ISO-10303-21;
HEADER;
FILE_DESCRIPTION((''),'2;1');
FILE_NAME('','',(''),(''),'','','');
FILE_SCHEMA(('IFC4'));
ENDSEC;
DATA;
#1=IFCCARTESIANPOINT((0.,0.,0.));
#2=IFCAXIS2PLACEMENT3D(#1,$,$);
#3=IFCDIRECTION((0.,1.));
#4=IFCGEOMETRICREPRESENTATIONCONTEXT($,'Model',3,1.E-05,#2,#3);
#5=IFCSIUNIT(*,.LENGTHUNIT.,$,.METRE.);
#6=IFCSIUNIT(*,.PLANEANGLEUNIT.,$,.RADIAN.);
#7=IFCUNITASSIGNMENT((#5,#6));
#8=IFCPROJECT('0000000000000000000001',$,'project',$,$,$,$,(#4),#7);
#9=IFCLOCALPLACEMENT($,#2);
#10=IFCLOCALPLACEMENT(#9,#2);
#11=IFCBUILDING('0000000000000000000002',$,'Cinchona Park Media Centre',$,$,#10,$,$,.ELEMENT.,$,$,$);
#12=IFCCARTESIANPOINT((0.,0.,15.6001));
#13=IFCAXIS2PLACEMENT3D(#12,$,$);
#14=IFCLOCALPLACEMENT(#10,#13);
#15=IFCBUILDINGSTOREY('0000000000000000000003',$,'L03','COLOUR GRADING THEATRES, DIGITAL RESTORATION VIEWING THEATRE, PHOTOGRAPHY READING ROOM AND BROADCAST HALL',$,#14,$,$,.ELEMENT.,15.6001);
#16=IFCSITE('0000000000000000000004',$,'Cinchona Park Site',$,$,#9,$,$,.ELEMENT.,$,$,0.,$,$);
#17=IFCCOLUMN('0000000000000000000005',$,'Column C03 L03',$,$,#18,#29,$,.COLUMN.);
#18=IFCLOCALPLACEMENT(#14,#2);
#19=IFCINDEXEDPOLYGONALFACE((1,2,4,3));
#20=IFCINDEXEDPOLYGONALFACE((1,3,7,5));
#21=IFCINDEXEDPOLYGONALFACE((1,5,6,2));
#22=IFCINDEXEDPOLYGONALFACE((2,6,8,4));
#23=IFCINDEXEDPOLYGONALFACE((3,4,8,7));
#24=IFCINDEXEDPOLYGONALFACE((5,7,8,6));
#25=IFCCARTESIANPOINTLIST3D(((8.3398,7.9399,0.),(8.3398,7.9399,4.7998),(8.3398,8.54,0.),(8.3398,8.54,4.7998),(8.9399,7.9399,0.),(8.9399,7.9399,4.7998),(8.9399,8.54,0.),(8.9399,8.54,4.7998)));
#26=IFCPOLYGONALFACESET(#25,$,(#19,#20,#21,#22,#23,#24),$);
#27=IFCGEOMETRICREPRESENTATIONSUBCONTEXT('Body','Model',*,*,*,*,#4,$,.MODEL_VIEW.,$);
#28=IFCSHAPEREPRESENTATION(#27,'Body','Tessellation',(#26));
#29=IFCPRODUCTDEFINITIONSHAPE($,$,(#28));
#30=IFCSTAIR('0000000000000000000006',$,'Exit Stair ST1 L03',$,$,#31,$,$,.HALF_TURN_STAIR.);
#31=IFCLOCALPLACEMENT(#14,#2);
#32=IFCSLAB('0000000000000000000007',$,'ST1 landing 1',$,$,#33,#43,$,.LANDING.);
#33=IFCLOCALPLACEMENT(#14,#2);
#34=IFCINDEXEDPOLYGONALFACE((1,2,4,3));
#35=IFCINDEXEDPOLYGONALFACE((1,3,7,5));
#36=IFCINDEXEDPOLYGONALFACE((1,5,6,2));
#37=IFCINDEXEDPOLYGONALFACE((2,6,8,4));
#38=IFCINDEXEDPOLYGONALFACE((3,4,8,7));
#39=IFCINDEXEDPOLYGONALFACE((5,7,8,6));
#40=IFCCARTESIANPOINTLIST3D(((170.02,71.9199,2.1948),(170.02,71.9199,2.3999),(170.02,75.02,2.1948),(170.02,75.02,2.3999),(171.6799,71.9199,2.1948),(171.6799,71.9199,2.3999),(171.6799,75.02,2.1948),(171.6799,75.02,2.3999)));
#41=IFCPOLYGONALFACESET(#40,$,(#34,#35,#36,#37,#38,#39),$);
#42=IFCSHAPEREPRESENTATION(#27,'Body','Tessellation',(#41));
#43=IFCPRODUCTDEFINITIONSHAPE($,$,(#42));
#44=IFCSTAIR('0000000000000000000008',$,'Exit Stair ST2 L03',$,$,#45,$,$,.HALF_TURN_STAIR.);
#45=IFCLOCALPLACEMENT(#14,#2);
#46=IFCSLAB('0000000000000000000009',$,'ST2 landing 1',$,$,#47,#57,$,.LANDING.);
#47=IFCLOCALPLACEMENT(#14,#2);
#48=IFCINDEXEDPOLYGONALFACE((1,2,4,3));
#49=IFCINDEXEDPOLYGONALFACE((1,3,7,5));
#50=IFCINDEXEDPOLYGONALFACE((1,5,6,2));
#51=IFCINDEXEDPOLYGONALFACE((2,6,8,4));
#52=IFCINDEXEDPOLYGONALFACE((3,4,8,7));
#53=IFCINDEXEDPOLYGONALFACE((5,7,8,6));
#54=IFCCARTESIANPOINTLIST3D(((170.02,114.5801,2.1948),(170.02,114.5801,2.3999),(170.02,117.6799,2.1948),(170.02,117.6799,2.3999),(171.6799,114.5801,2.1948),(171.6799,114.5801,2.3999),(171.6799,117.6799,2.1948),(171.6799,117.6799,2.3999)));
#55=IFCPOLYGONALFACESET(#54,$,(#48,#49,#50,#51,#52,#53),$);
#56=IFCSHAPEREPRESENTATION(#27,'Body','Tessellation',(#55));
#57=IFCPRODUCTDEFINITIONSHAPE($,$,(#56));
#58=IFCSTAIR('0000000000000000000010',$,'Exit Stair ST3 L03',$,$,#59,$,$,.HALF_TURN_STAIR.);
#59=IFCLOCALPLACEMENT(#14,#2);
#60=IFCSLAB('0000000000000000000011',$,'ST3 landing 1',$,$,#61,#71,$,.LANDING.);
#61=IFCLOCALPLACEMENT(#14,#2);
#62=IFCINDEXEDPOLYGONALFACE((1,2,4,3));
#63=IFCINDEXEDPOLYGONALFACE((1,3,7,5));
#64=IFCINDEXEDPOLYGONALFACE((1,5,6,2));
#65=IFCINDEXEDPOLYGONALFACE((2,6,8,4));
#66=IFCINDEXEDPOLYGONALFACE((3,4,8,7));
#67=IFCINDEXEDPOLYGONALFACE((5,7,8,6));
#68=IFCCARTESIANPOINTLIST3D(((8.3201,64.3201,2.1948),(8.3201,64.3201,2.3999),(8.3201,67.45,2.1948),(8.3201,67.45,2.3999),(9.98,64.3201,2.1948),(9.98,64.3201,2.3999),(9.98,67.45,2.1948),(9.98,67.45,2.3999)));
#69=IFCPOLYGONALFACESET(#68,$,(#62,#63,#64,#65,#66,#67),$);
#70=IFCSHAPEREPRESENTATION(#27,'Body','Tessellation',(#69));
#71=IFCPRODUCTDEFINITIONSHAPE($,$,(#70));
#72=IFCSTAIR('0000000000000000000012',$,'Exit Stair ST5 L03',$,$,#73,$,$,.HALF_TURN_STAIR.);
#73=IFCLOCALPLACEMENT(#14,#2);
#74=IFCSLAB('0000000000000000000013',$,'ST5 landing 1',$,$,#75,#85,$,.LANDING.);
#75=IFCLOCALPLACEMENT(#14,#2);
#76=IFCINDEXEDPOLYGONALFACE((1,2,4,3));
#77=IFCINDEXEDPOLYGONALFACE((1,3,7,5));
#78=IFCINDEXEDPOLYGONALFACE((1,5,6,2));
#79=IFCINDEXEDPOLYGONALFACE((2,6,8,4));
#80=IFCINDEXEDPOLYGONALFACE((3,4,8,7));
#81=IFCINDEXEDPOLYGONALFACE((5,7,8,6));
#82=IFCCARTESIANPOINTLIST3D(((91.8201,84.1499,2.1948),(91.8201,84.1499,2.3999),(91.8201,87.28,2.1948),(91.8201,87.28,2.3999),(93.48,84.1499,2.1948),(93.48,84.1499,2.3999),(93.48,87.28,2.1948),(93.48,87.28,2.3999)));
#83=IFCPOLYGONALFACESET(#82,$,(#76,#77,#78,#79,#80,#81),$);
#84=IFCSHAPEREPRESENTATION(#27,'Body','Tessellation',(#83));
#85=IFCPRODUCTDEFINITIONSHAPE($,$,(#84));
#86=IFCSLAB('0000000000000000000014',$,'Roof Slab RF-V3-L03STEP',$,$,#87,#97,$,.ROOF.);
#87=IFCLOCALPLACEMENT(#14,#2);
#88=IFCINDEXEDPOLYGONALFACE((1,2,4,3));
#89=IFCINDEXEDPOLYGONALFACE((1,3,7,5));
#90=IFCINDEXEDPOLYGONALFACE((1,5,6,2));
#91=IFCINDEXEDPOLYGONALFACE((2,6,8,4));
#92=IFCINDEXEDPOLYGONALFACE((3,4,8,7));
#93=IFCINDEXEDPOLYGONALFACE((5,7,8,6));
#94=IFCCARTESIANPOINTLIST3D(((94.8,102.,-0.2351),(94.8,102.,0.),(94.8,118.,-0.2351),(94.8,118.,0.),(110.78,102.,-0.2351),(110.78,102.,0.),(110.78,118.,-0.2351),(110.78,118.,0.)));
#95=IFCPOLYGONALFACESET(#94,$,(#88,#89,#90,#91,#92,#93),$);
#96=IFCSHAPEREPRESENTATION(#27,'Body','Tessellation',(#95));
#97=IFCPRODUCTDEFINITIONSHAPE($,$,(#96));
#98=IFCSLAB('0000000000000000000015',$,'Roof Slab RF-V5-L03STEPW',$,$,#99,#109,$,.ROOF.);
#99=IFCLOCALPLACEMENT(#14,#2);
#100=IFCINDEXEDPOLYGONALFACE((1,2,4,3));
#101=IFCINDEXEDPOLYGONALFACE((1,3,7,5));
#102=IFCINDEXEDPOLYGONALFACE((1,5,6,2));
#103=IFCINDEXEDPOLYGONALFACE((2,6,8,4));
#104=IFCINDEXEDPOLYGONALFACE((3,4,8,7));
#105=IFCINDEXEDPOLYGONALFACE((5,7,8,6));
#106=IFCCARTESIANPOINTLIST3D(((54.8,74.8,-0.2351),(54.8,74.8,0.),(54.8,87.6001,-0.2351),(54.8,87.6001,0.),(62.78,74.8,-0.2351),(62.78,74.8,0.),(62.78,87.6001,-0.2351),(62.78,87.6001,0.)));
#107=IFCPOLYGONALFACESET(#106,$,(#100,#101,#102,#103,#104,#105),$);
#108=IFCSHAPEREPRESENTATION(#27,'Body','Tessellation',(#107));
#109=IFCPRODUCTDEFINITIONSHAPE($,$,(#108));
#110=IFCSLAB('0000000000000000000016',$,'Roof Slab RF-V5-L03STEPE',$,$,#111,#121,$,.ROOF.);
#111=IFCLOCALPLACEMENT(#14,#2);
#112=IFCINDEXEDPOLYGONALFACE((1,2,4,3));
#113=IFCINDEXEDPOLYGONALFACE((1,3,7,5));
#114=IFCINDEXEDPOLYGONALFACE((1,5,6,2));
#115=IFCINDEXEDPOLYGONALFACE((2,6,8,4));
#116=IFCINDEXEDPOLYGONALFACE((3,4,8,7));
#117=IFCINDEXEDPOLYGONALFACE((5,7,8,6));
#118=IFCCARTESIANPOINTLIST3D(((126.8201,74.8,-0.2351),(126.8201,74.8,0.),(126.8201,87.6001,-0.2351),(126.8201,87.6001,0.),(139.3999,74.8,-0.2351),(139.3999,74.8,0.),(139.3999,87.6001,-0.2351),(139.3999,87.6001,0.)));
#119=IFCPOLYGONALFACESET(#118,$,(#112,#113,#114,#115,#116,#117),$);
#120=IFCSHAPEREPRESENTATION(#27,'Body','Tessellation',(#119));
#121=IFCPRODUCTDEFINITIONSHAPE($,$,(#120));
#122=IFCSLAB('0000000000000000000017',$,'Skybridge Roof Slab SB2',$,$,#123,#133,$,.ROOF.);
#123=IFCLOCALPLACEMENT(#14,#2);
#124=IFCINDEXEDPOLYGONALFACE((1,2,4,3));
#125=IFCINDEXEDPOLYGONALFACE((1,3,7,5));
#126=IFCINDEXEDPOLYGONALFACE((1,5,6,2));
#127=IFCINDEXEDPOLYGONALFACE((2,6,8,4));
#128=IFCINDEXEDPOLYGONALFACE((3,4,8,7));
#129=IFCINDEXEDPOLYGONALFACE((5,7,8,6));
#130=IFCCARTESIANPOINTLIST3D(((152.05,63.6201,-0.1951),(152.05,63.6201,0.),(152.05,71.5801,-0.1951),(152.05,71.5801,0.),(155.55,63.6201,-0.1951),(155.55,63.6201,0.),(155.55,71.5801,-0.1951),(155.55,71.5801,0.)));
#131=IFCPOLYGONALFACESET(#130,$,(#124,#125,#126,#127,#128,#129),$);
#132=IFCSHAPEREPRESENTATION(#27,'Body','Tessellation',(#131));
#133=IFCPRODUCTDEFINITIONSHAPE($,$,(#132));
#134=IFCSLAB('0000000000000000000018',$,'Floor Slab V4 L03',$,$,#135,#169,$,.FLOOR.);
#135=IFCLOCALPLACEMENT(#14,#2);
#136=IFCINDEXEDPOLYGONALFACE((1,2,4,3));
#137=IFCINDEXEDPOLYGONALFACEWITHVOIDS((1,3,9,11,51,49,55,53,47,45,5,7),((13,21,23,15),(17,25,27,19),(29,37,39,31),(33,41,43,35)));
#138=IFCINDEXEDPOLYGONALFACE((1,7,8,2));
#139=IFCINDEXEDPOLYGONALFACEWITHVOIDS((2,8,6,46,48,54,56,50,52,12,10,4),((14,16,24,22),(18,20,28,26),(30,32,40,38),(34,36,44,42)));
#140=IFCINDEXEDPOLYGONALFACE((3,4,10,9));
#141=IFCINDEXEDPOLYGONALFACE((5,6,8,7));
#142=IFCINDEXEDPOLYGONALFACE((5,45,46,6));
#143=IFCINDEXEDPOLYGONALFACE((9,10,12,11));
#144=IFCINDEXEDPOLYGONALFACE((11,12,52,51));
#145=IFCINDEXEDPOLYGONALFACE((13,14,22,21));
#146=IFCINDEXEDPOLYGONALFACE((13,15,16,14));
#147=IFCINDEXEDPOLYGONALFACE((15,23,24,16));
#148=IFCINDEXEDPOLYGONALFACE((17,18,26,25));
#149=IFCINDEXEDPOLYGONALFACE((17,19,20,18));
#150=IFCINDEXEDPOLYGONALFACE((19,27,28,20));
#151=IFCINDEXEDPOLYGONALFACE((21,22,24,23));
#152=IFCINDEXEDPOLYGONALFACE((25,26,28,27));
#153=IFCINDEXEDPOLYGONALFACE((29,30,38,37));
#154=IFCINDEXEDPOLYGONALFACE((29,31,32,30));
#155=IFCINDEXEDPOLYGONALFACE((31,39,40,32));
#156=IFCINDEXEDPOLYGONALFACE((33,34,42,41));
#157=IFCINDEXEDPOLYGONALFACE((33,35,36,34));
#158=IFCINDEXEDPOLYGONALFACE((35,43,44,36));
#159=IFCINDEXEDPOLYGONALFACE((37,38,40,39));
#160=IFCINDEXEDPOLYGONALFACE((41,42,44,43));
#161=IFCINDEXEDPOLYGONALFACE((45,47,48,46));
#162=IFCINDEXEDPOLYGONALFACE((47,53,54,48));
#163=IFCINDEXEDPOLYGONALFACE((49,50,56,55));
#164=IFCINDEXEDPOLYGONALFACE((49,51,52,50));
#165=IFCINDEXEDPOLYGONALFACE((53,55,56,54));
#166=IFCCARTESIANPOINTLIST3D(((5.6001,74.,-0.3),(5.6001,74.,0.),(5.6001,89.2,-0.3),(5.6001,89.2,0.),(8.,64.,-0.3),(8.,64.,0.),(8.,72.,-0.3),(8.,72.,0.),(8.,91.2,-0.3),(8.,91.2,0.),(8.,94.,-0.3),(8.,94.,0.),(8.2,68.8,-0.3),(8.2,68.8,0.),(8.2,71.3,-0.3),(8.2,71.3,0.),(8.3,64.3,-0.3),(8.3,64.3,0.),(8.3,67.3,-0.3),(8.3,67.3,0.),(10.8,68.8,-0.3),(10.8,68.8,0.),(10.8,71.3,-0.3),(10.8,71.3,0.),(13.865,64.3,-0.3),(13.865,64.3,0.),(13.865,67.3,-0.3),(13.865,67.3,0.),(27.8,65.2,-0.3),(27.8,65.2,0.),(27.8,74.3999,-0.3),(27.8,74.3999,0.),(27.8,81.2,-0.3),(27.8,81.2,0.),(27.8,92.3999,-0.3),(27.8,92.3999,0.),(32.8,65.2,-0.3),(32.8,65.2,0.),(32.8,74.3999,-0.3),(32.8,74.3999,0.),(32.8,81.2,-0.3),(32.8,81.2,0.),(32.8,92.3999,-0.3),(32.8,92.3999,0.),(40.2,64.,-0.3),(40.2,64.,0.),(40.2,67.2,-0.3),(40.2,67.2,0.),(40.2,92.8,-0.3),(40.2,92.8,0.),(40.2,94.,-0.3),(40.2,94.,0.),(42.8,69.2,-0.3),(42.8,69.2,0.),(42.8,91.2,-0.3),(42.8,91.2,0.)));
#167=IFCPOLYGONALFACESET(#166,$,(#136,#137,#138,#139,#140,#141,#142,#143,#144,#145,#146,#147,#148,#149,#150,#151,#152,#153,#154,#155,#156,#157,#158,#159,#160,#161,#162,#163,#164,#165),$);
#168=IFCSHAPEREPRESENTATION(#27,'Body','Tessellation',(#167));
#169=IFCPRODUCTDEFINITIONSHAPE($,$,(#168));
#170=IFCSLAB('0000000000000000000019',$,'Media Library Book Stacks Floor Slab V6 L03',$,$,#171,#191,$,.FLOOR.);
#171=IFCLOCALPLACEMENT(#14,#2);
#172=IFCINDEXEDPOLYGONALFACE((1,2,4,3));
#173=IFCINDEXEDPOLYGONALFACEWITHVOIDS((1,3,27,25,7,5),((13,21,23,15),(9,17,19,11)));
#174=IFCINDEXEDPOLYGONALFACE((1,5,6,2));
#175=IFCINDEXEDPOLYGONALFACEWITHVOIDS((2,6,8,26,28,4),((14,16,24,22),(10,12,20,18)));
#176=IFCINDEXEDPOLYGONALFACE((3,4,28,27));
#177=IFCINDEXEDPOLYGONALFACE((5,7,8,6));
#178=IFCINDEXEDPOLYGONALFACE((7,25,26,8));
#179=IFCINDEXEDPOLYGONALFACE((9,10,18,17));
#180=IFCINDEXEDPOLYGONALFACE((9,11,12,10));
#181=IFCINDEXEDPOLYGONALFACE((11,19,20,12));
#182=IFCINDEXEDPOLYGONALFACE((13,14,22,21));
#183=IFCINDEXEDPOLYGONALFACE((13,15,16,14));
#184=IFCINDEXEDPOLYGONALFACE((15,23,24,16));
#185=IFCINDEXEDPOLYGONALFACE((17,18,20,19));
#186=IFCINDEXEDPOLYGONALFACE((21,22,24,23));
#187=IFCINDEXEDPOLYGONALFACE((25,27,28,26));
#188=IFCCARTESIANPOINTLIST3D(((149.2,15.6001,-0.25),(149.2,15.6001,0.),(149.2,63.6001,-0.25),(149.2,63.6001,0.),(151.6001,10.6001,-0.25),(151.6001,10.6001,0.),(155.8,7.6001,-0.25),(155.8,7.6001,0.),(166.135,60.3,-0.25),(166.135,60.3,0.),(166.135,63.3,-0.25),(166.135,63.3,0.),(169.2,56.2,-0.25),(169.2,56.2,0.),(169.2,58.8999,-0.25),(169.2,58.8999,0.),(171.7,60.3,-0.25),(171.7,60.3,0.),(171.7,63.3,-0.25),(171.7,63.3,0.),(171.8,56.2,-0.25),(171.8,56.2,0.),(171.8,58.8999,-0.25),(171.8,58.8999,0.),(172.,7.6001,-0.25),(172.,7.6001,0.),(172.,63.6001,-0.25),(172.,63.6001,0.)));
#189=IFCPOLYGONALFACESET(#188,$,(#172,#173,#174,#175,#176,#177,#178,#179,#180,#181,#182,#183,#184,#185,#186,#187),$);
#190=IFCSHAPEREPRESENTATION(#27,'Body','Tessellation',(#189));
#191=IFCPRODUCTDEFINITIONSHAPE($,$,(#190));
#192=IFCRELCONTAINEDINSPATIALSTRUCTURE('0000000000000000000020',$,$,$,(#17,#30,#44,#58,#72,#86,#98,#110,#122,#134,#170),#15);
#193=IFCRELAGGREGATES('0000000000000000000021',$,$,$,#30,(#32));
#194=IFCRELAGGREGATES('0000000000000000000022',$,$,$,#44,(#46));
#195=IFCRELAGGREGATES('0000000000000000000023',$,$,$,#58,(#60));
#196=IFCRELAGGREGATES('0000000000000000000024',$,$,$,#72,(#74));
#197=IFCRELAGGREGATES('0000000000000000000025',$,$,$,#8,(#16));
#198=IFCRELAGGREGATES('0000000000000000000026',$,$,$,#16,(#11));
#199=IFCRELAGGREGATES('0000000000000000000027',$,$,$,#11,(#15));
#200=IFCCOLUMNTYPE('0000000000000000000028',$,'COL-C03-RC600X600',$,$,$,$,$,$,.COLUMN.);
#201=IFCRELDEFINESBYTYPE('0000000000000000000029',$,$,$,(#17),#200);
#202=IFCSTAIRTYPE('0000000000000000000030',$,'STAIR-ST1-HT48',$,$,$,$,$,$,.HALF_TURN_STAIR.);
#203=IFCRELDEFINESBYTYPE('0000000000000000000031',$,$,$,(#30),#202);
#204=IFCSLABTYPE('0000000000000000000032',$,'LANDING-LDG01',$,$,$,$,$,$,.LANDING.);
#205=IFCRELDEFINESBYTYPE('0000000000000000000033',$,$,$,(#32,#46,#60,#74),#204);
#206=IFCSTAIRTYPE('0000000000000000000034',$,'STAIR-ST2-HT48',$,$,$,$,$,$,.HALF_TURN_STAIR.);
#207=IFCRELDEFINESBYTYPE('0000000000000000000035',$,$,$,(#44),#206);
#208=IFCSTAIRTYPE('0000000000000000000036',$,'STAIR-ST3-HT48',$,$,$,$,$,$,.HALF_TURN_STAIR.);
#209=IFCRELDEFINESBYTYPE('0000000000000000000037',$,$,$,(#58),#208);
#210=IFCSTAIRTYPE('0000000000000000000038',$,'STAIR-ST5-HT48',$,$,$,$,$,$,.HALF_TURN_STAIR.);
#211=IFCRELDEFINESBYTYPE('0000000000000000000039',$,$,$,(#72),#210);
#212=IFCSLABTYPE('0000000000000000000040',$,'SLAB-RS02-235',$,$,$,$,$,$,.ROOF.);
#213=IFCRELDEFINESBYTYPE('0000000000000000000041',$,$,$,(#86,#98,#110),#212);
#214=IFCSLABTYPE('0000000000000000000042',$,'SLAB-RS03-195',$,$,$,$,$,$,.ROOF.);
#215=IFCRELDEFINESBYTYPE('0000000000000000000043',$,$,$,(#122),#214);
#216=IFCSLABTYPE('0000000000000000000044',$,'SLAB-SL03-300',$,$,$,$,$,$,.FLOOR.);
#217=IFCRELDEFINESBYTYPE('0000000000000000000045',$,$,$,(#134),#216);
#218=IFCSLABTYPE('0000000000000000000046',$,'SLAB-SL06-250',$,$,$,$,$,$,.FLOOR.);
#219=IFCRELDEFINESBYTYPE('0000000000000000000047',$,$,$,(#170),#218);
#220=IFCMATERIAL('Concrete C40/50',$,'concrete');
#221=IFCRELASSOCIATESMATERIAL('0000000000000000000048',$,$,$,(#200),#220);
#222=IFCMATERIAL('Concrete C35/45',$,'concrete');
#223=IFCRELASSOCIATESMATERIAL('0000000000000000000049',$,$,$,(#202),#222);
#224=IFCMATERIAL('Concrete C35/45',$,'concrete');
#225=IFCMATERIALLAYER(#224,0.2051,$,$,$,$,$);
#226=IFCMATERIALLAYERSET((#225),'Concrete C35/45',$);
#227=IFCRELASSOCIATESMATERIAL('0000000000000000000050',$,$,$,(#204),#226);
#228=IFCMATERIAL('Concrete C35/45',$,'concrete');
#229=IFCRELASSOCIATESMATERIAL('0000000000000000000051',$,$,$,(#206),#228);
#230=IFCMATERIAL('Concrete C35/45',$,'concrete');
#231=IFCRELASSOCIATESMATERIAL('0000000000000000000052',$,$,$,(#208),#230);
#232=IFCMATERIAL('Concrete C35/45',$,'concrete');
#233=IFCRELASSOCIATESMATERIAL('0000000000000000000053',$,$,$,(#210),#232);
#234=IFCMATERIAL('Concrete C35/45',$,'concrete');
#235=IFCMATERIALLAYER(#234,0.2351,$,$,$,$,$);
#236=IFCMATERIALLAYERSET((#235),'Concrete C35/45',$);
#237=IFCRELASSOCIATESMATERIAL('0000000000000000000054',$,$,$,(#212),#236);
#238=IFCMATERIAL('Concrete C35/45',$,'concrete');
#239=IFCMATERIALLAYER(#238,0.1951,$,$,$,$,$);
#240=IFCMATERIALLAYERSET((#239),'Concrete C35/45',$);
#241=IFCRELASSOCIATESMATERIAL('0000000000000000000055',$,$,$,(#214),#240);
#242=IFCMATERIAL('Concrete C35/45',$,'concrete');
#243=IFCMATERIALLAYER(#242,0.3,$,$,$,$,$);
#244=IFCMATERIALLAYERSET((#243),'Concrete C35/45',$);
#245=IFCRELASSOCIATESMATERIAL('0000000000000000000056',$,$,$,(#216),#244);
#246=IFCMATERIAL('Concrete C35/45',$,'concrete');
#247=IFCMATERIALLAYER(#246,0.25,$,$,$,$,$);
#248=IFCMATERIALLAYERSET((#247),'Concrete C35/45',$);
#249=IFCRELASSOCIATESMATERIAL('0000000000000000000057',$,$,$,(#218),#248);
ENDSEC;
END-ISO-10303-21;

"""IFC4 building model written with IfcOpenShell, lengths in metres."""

from ifc_helpers import new_model, si_unit, direction, frame, origin, origin_2d, place, context, subcontext, project, spatial, polyline, rectangle, outline, extrude, material, layer, layer_set, material_profile, profile_set, type_object, element, aggregate, save


model = new_model("IFC4")

# Units and contexts
model_context = context("Model", 3, precision=1e-05, world=origin(), true_north=direction((0.0, 1.0)))
body_context = subcontext(model_context, "Body", "Model", "MODEL_VIEW")
ifc_project = project(units=[si_unit("LENGTHUNIT", "METRE"), si_unit("PLANEANGLEUNIT", "RADIAN")], contexts=[model_context])

# Site, building, storey
site_placement = place(None, origin())
site = spatial("IfcSite", under=ifc_project, at=site_placement, Name="Cinchona Park Site", CompositionType="ELEMENT", RefElevation=0.0)
building_placement = place(site_placement, origin())
building = spatial("IfcBuilding", under=site, at=building_placement, Name="Cinchona Park Media Centre", CompositionType="ELEMENT")
storey_placement = place(building_placement, frame((0.0, 0.0, 15.6001)))
storey = spatial("IfcBuildingStorey", under=building, at=storey_placement, Name="L03", Description="COLOUR GRADING THEATRES, DIGITAL RESTORATION VIEWING THEATRE, PHOTOGRAPHY READING ROOM AND BROADCAST HALL", CompositionType="ELEMENT", Elevation=15.6001)

# Column
ifc_material_1 = material(Name="Concrete C40/50", Category="concrete")
ifc_material_profile = material_profile(ifc_material_1, rectangle(XDim=0.6001, YDim=0.6001, at=origin_2d()), Name="RC 600X600")
ifc_profile_set = profile_set([ifc_material_profile], Name="Concrete C40/50")
column_type = type_object("IfcColumnType", Name="COL-C03-RC600X600", PredefinedType="COLUMN", material=ifc_profile_set)
column_placement = place(storey_placement, frame((8.6399, 8.24, 0.0), z_axis=(0.0, 0.0, 1.0), x_axis=(1.0, 0.0, 0.0)))
element("IfcColumn", 1, at=column_placement, inside=storey, type_object=column_type, Name="Column C03 L03", PredefinedType="COLUMN", context=body_context, shape_type="SweptSolid", body=[
    extrude(rectangle(XDim=0.6001, YDim=0.6001, at=origin_2d()), origin(), (0.0, 0.0, 1.0), 4.7998),
])

# Stairs, slabs
ifc_material_2 = material(Name="Concrete C35/45", Category="concrete")
stair_type_1 = type_object("IfcStairType", Name="STAIR-ST1-HT48", PredefinedType="HALF_TURN_STAIR", material=ifc_material_2)
stair_1_placement = place(storey_placement, origin())
stair_1 = element("IfcStair", 2, at=stair_1_placement, inside=storey, type_object=stair_type_1, Name="Exit Stair ST1 L03", PredefinedType="HALF_TURN_STAIR")
ifc_material_3 = material(Name="Concrete C35/45", Category="concrete")
ifc_layer_1 = layer(ifc_material_3, 0.2051)
ifc_layer_set_1 = layer_set([ifc_layer_1], Name="Concrete C35/45")
slab_type_1 = type_object("IfcSlabType", Name="LANDING-LDG01", PredefinedType="LANDING", material=ifc_layer_set_1)
slab_1_placement = place(storey_placement, frame((0.0, 0.0, 2.1948)))
slab_1 = element("IfcSlab", 3, at=slab_1_placement, type_object=slab_type_1, Name="ST1 landing 1", PredefinedType="LANDING", context=body_context, shape_type="SweptSolid", body=[
    extrude(outline(polyline([(170.02, 71.9199), (171.6799, 71.9199), (171.6799, 75.02), (170.02, 75.02), (170.02, 71.9199)])), origin(), (0.0, 0.0, 1.0), 0.2051),
])
aggregate(stair_1, [slab_1])
ifc_material_4 = material(Name="Concrete C35/45", Category="concrete")
stair_type_2 = type_object("IfcStairType", Name="STAIR-ST2-HT48", PredefinedType="HALF_TURN_STAIR", material=ifc_material_4)
stair_2_placement = place(storey_placement, origin())
stair_2 = element("IfcStair", 4, at=stair_2_placement, inside=storey, type_object=stair_type_2, Name="Exit Stair ST2 L03", PredefinedType="HALF_TURN_STAIR")
slab_2_placement = place(storey_placement, frame((0.0, 0.0, 2.1948)))
slab_2 = element("IfcSlab", 5, at=slab_2_placement, type_object=slab_type_1, Name="ST2 landing 1", PredefinedType="LANDING", context=body_context, shape_type="SweptSolid", body=[
    extrude(outline(polyline([(170.02, 114.5801), (171.6799, 114.5801), (171.6799, 117.6799), (170.02, 117.6799), (170.02, 114.5801)])), origin(), (0.0, 0.0, 1.0), 0.2051),
])
aggregate(stair_2, [slab_2])
ifc_material_5 = material(Name="Concrete C35/45", Category="concrete")
stair_type_3 = type_object("IfcStairType", Name="STAIR-ST3-HT48", PredefinedType="HALF_TURN_STAIR", material=ifc_material_5)
stair_3_placement = place(storey_placement, origin())
stair_3 = element("IfcStair", 6, at=stair_3_placement, inside=storey, type_object=stair_type_3, Name="Exit Stair ST3 L03", PredefinedType="HALF_TURN_STAIR")
slab_3_placement = place(storey_placement, frame((0.0, 0.0, 2.1948)))
slab_3 = element("IfcSlab", 7, at=slab_3_placement, type_object=slab_type_1, Name="ST3 landing 1", PredefinedType="LANDING", context=body_context, shape_type="SweptSolid", body=[
    extrude(outline(polyline([(8.3201, 64.3201), (9.98, 64.3201), (9.98, 67.45), (8.3201, 67.45), (8.3201, 64.3201)])), origin(), (0.0, 0.0, 1.0), 0.2051),
])
aggregate(stair_3, [slab_3])
ifc_material_6 = material(Name="Concrete C35/45", Category="concrete")
stair_type_4 = type_object("IfcStairType", Name="STAIR-ST5-HT48", PredefinedType="HALF_TURN_STAIR", material=ifc_material_6)
stair_4_placement = place(storey_placement, origin())
stair_4 = element("IfcStair", 8, at=stair_4_placement, inside=storey, type_object=stair_type_4, Name="Exit Stair ST5 L03", PredefinedType="HALF_TURN_STAIR")
slab_4_placement = place(storey_placement, frame((0.0, 0.0, 2.1948)))
slab_4 = element("IfcSlab", 9, at=slab_4_placement, type_object=slab_type_1, Name="ST5 landing 1", PredefinedType="LANDING", context=body_context, shape_type="SweptSolid", body=[
    extrude(outline(polyline([(91.8201, 84.1499), (93.48, 84.1499), (93.48, 87.28), (91.8201, 87.28), (91.8201, 84.1499)])), origin(), (0.0, 0.0, 1.0), 0.2051),
])
aggregate(stair_4, [slab_4])

# Slabs
ifc_material_7 = material(Name="Concrete C35/45", Category="concrete")
ifc_layer_2 = layer(ifc_material_7, 0.2351)
ifc_layer_set_2 = layer_set([ifc_layer_2], Name="Concrete C35/45")
slab_type_2 = type_object("IfcSlabType", Name="SLAB-RS02-235", PredefinedType="ROOF", material=ifc_layer_set_2)
slab_5_placement = place(storey_placement, frame((0.0, 0.0, -0.2351)))
element("IfcSlab", 10, at=slab_5_placement, inside=storey, type_object=slab_type_2, Name="Roof Slab RF-V3-L03STEP", PredefinedType="ROOF", context=body_context, shape_type="SweptSolid", body=[
    extrude(outline(polyline([(94.8, 102.0), (110.78, 102.0), (110.78, 118.0), (94.8, 118.0), (94.8, 102.0)])), origin(), (0.0, 0.0, 1.0), 0.2351),
])
slab_6_placement = place(storey_placement, frame((0.0, 0.0, -0.2351)))
element("IfcSlab", 11, at=slab_6_placement, inside=storey, type_object=slab_type_2, Name="Roof Slab RF-V5-L03STEPW", PredefinedType="ROOF", context=body_context, shape_type="SweptSolid", body=[
    extrude(outline(polyline([(54.8, 74.8), (62.78, 74.8), (62.78, 87.6001), (54.8, 87.6001), (54.8, 74.8)])), origin(), (0.0, 0.0, 1.0), 0.2351),
])
slab_7_placement = place(storey_placement, frame((0.0, 0.0, -0.2351)))
element("IfcSlab", 12, at=slab_7_placement, inside=storey, type_object=slab_type_2, Name="Roof Slab RF-V5-L03STEPE", PredefinedType="ROOF", context=body_context, shape_type="SweptSolid", body=[
    extrude(outline(polyline([(126.8201, 74.8), (139.3999, 74.8), (139.3999, 87.6001), (126.8201, 87.6001), (126.8201, 74.8)])), origin(), (0.0, 0.0, 1.0), 0.2351),
])
ifc_material_8 = material(Name="Concrete C35/45", Category="concrete")
ifc_layer_3 = layer(ifc_material_8, 0.1951)
ifc_layer_set_3 = layer_set([ifc_layer_3], Name="Concrete C35/45")
slab_type_3 = type_object("IfcSlabType", Name="SLAB-RS03-195", PredefinedType="ROOF", material=ifc_layer_set_3)
slab_8_placement = place(storey_placement, frame((0.0, 0.0, -0.1951)))
element("IfcSlab", 13, at=slab_8_placement, inside=storey, type_object=slab_type_3, Name="Skybridge Roof Slab SB2", PredefinedType="ROOF", context=body_context, shape_type="SweptSolid", body=[
    extrude(outline(polyline([(152.05, 63.6201), (155.55, 63.6201), (155.55, 71.5801), (152.05, 71.5801), (152.05, 63.6201)])), origin(), (0.0, 0.0, 1.0), 0.1951),
])
ifc_material_9 = material(Name="Concrete C35/45", Category="concrete")
ifc_layer_4 = layer(ifc_material_9, 0.3)
ifc_layer_set_4 = layer_set([ifc_layer_4], Name="Concrete C35/45")
slab_type_4 = type_object("IfcSlabType", Name="SLAB-SL03-300", PredefinedType="FLOOR", material=ifc_layer_set_4)
slab_9_placement = place(storey_placement, frame((0.0, 0.0, -0.3)))
element("IfcSlab", 14, at=slab_9_placement, inside=storey, type_object=slab_type_4, Name="Floor Slab V4 L03", PredefinedType="FLOOR", context=body_context, shape_type="SweptSolid", body=[
    extrude(outline(polyline([(8.0, 64.0), (40.2, 64.0), (40.2, 67.2), (42.8, 69.2), (42.8, 91.2), (40.2, 92.8), (40.2, 94.0), (8.0, 94.0), (8.0, 91.2), (5.6001, 89.2), (5.6001, 74.0), (8.0, 72.0), (8.0, 64.0)]), holes=[polyline([(8.3, 64.3), (13.865, 64.3), (13.865, 67.3), (8.3, 67.3), (8.3, 64.3)]), polyline([(8.2, 68.8), (10.8, 68.8), (10.8, 71.3), (8.2, 71.3), (8.2, 68.8)]), polyline([(27.8, 65.2), (32.8, 65.2), (32.8, 74.3999), (27.8, 74.3999), (27.8, 65.2)]), polyline([(27.8, 81.2), (32.8, 81.2), (32.8, 92.3999), (27.8, 92.3999), (27.8, 81.2)])]), origin(), (0.0, 0.0, 1.0), 0.3),
])
ifc_material_10 = material(Name="Concrete C35/45", Category="concrete")
ifc_layer_5 = layer(ifc_material_10, 0.25)
ifc_layer_set_5 = layer_set([ifc_layer_5], Name="Concrete C35/45")
slab_type_5 = type_object("IfcSlabType", Name="SLAB-SL06-250", PredefinedType="FLOOR", material=ifc_layer_set_5)
slab_10_placement = place(storey_placement, frame((0.0, 0.0, -0.25)))
element("IfcSlab", 15, at=slab_10_placement, inside=storey, type_object=slab_type_5, Name="Media Library Book Stacks Floor Slab V6 L03", PredefinedType="FLOOR", context=body_context, shape_type="SweptSolid", body=[
    extrude(outline(polyline([(155.8, 7.6001), (172.0, 7.6001), (172.0, 63.6001), (149.2, 63.6001), (149.2, 15.6001), (151.6001, 10.6001), (155.8, 7.6001)]), holes=[polyline([(166.135, 60.3), (171.7, 60.3), (171.7, 63.3), (166.135, 63.3), (166.135, 60.3)]), polyline([(169.2, 56.2), (171.8, 56.2), (171.8, 58.8999), (169.2, 58.8999), (169.2, 56.2)])]), origin(), (0.0, 0.0, 1.0), 0.25),
])

save(model, "model.ifc")
